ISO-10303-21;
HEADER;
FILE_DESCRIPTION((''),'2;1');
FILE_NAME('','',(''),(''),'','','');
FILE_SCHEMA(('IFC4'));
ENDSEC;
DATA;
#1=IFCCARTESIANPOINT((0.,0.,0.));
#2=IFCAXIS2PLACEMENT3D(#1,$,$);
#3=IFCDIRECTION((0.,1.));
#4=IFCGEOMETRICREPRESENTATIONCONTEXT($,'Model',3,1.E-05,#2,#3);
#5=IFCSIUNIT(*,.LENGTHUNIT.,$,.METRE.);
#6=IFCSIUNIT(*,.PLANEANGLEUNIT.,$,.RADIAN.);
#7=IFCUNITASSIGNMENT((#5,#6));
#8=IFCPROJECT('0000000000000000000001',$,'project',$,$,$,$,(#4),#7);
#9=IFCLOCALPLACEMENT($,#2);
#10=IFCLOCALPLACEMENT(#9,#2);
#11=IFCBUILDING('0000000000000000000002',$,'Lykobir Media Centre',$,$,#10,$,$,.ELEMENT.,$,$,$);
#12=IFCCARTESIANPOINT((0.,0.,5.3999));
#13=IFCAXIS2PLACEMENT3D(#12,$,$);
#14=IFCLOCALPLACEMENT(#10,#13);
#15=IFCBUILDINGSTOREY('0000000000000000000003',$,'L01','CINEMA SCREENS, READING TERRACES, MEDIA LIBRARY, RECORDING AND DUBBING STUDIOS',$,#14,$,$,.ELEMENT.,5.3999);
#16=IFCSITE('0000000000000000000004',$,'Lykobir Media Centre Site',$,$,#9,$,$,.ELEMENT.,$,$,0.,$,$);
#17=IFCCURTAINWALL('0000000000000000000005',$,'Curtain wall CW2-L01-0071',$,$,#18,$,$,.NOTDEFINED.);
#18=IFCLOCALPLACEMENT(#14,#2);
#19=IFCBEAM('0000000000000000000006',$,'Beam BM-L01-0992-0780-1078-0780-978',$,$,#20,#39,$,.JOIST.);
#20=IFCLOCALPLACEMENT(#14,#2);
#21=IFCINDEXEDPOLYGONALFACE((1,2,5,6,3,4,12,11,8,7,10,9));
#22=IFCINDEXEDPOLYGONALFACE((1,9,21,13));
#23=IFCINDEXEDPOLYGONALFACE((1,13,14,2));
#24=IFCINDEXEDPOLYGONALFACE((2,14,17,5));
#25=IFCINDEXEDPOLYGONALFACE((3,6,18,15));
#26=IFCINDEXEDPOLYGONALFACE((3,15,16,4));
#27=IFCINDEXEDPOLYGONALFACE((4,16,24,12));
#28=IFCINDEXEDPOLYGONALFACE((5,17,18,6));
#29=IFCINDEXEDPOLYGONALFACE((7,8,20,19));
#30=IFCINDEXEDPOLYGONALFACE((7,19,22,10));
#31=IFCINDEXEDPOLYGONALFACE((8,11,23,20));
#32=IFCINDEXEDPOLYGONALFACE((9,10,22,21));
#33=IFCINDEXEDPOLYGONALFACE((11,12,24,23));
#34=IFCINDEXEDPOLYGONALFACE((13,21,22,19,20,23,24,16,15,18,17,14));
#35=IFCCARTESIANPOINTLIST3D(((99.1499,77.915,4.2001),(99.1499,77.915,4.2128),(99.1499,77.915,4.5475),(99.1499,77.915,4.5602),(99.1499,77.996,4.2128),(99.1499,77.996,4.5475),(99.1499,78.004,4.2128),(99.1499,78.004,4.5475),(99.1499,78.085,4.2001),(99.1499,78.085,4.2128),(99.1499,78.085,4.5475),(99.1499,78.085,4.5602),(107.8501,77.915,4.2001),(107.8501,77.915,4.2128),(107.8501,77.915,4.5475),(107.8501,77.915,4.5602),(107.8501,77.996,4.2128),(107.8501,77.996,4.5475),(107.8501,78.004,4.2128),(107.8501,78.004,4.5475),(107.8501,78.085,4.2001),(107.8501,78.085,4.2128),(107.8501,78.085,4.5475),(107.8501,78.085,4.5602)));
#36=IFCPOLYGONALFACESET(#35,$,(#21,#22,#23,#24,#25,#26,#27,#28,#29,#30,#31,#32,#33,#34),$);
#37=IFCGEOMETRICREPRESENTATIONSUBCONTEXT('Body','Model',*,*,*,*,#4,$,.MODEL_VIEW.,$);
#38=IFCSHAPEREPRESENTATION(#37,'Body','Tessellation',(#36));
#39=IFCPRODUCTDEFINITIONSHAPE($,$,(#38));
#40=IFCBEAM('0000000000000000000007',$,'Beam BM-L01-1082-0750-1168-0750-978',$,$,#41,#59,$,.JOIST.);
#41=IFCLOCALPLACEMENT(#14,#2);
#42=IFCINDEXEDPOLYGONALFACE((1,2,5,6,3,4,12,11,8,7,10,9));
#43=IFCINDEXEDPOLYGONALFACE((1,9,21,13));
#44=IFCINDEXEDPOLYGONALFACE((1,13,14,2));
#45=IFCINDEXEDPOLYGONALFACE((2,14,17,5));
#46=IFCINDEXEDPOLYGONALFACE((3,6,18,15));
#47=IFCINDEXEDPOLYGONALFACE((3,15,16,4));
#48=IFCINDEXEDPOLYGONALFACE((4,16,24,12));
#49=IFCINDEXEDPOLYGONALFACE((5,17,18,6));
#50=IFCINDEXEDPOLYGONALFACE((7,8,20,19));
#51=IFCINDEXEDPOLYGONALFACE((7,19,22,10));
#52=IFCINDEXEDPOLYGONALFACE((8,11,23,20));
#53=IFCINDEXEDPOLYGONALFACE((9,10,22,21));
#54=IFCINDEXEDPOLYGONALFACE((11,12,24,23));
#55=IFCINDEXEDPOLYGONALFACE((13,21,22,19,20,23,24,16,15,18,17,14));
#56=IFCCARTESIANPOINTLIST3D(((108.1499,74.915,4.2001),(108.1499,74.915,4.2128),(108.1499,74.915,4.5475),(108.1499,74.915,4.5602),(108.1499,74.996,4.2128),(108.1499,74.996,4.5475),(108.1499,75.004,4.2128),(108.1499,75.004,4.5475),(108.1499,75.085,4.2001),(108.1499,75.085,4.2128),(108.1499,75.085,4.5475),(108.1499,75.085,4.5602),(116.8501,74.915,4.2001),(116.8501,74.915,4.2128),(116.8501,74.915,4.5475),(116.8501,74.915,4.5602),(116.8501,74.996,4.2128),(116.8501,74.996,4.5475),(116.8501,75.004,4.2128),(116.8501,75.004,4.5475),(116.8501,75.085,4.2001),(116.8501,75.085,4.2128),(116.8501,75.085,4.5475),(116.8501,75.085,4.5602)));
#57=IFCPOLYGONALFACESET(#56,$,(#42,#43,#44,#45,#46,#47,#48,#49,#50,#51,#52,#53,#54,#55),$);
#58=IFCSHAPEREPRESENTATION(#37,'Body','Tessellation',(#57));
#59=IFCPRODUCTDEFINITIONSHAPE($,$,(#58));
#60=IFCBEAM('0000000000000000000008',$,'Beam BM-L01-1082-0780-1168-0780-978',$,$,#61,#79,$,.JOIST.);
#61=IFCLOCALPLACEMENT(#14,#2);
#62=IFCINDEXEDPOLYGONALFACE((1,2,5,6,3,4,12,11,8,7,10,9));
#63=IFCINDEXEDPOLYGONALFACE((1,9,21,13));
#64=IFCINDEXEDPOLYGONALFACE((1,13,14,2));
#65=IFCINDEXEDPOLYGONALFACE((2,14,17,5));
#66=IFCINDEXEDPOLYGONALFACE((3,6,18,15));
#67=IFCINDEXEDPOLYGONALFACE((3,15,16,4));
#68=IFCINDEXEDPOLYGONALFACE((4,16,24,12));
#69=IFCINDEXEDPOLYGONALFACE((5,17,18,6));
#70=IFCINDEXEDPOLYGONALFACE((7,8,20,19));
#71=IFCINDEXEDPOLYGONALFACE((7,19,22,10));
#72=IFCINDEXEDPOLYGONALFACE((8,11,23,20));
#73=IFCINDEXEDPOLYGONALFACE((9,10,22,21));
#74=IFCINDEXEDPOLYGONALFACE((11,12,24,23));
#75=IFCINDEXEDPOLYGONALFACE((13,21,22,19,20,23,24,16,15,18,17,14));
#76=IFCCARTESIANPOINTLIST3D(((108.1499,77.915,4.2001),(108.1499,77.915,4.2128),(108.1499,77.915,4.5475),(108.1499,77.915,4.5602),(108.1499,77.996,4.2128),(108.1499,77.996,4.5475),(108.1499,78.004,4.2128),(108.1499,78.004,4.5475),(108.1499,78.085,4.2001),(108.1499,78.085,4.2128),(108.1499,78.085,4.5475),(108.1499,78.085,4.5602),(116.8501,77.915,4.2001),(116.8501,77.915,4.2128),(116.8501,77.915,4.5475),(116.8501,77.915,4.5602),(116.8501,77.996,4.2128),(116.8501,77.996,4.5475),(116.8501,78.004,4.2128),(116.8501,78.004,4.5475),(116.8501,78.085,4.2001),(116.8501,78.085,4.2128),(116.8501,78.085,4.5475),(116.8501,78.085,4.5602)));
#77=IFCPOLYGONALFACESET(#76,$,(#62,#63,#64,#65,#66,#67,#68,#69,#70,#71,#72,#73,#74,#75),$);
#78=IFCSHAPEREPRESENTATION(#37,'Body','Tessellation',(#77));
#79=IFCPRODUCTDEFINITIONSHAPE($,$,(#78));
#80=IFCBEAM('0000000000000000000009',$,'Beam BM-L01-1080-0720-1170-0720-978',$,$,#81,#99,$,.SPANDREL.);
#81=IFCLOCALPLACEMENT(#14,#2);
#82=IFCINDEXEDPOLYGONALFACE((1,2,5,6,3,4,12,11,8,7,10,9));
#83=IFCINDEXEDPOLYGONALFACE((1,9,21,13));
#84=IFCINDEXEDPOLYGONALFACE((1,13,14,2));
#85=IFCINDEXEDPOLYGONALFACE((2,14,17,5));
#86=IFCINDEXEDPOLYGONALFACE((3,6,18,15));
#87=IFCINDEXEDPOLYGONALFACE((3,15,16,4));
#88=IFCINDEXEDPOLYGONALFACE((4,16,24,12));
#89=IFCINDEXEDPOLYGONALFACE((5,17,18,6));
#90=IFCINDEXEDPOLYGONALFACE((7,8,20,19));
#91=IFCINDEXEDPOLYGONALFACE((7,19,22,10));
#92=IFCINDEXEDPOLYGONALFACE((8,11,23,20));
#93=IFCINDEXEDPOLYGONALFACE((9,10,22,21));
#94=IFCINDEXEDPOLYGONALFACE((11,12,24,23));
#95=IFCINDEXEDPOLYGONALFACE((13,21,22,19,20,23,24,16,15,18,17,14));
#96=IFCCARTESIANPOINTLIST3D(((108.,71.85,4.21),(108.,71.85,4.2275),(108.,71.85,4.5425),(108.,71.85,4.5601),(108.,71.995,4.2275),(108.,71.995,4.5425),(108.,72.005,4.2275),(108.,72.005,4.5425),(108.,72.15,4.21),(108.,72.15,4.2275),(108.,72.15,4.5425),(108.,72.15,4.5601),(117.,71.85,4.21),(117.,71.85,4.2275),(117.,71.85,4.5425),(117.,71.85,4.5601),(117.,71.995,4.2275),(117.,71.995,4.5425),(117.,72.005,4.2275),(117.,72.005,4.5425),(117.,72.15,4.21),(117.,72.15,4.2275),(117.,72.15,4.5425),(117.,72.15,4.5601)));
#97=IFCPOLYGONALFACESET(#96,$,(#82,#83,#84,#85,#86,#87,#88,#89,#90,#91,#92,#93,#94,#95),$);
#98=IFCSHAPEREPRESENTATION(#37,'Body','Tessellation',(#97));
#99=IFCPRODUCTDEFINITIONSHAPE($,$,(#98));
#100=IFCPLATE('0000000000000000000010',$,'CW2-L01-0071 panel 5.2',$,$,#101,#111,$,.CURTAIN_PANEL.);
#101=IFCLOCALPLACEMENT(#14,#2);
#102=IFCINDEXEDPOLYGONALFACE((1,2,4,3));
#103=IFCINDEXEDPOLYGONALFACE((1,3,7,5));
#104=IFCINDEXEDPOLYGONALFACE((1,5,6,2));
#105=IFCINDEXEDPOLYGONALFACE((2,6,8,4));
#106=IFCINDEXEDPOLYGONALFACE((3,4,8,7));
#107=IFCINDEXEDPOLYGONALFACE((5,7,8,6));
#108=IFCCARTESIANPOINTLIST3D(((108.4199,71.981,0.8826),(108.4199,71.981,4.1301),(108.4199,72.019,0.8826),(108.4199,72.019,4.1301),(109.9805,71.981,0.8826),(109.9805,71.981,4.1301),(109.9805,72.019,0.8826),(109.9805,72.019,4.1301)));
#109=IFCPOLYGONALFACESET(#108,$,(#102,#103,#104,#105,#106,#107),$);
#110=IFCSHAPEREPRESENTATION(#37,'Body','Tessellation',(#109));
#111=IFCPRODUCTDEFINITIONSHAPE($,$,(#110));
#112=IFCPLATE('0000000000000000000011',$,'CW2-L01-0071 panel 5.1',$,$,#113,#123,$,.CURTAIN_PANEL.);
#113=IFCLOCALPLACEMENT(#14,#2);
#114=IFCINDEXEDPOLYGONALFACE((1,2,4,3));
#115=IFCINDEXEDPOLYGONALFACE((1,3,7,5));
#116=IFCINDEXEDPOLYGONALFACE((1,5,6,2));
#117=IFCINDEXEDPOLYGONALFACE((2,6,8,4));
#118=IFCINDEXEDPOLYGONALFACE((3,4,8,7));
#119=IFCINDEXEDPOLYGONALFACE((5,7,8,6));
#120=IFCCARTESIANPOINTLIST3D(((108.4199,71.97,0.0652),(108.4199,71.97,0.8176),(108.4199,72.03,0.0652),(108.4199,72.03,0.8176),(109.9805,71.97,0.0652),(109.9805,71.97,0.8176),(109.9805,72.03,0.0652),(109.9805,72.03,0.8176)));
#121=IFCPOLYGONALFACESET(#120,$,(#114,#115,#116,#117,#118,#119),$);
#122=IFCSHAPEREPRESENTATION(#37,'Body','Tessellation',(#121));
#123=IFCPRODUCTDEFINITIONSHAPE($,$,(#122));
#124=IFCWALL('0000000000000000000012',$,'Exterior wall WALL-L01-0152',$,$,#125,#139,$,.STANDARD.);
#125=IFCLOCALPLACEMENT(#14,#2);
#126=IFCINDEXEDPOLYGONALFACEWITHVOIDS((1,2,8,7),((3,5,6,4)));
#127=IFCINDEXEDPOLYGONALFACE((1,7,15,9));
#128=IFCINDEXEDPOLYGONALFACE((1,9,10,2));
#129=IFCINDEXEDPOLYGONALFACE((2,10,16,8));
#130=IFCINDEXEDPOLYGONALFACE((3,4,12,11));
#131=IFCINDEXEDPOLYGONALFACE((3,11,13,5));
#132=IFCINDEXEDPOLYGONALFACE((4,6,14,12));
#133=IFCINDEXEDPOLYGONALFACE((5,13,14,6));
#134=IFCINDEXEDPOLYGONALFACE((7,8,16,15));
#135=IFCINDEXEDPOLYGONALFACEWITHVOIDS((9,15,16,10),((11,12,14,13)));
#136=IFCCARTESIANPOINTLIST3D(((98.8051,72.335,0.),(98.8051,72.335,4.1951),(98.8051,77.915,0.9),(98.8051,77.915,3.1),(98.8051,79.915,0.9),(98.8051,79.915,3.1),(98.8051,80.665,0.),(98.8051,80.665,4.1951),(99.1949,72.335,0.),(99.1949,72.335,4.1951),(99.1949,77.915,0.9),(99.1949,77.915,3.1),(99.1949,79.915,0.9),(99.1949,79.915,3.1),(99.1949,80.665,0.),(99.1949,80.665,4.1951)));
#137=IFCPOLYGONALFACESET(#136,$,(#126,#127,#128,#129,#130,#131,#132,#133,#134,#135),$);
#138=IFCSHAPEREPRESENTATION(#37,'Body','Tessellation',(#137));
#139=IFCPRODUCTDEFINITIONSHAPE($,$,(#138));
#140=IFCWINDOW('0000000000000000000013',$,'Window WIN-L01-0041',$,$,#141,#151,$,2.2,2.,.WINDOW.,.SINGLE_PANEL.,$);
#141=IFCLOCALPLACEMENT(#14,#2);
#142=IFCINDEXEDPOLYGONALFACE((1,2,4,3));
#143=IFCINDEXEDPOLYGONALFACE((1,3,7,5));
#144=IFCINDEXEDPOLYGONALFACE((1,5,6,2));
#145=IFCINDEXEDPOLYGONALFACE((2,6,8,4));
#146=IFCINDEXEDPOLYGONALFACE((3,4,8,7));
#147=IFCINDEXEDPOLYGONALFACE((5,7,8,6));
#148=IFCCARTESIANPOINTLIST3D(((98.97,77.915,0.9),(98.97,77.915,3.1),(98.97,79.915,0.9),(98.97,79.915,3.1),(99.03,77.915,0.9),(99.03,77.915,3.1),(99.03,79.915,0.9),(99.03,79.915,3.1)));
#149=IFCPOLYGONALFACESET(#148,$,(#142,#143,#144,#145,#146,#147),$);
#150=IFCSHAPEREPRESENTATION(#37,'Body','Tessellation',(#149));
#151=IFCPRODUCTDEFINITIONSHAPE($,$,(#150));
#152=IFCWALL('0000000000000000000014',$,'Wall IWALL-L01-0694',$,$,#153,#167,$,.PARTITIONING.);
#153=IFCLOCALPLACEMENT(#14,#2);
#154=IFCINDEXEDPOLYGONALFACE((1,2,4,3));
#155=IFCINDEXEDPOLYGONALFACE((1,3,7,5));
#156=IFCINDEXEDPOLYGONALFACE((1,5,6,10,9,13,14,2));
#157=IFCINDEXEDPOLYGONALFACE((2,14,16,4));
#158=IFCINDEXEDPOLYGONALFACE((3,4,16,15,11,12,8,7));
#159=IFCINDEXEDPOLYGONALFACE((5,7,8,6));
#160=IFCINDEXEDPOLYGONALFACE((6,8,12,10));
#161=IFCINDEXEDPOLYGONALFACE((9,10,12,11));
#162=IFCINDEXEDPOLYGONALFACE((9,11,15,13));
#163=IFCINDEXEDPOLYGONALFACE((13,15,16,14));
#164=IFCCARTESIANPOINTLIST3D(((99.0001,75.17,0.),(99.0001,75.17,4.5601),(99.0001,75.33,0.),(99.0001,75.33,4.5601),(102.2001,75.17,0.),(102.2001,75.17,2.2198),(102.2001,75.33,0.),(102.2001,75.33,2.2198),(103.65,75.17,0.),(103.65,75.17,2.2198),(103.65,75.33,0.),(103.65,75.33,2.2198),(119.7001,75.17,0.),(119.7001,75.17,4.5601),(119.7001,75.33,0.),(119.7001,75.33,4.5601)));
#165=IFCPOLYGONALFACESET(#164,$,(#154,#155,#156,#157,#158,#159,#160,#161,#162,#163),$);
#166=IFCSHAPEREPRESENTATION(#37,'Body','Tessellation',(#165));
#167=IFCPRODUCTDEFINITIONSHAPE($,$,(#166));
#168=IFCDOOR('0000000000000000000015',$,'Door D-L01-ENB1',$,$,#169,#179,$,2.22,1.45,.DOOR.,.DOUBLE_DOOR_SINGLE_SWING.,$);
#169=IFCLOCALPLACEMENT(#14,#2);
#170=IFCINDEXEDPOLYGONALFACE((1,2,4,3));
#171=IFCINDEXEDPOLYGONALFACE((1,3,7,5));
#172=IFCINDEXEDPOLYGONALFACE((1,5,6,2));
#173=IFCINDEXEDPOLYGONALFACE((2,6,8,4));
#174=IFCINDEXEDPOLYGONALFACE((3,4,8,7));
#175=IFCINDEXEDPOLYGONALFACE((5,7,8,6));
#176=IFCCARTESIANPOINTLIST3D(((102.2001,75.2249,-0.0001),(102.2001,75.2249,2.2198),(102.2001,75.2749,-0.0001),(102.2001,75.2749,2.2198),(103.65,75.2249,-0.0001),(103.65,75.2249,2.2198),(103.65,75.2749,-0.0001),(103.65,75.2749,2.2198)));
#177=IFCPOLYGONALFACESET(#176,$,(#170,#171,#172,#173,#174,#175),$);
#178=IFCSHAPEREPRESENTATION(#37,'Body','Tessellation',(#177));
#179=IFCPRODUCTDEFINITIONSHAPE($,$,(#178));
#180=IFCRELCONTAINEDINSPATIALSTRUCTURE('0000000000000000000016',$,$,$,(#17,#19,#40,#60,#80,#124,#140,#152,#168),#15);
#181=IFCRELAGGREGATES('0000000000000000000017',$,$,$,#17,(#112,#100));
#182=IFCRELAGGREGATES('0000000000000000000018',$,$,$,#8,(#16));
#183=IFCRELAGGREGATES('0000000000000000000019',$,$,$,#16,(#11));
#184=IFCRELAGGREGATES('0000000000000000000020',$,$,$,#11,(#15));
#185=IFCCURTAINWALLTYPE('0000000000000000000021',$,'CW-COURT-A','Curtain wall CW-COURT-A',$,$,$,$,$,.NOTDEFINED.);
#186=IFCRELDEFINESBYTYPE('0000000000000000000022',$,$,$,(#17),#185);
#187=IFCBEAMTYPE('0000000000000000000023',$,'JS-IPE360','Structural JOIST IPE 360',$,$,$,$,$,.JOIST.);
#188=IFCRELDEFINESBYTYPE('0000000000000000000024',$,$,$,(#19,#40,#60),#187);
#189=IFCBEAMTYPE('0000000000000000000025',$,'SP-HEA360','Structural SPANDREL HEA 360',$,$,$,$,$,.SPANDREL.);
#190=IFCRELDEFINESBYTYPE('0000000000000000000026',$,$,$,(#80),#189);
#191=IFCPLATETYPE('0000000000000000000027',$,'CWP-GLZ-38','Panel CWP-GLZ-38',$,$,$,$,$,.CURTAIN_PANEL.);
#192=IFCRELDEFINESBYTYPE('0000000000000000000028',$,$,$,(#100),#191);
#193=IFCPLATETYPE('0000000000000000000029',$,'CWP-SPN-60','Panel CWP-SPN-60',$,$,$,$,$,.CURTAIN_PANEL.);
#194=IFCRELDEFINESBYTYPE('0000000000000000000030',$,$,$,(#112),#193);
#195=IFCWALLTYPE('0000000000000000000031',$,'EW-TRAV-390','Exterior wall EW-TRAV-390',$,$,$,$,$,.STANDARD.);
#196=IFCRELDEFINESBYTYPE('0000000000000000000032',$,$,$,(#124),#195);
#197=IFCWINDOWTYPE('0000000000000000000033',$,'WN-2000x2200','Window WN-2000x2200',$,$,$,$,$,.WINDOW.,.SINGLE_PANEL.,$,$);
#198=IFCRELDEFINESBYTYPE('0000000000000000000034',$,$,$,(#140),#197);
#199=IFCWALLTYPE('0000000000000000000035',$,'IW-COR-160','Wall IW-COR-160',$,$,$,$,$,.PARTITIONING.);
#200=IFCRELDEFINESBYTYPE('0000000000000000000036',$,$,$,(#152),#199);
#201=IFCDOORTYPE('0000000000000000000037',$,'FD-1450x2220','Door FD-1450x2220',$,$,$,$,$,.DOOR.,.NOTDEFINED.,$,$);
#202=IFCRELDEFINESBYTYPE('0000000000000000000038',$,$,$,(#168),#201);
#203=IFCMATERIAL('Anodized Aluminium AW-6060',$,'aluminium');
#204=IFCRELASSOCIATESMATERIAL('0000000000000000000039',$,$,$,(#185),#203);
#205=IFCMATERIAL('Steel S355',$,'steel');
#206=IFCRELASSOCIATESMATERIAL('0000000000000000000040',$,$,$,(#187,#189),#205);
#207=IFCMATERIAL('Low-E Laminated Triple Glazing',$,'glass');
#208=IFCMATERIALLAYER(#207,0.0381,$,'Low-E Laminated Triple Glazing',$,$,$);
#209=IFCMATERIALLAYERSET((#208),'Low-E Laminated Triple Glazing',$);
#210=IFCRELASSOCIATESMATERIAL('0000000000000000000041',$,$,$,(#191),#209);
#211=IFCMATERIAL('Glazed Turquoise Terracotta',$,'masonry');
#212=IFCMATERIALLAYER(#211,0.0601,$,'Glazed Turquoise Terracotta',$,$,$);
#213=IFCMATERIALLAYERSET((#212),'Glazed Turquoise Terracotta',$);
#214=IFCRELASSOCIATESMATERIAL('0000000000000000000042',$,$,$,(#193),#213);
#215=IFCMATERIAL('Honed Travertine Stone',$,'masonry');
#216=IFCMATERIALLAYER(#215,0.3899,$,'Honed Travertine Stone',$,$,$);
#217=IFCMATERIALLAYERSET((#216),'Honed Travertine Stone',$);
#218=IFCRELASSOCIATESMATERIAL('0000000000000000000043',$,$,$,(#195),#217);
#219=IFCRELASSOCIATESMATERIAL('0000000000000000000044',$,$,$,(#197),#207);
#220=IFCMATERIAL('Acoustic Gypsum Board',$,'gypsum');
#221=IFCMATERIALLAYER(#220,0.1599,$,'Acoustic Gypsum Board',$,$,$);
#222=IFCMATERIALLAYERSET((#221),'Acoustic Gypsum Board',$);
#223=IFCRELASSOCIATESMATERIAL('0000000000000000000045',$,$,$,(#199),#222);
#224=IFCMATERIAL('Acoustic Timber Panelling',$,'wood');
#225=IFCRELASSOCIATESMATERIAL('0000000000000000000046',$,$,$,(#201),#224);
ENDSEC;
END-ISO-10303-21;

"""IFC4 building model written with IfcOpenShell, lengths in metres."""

from ifc_helpers import new_model, si_unit, direction, frame, frame_2d, origin, origin_2d, place, context, subcontext, project, spatial, rectangle, i_section, extrude, material, layer, layer_set, material_profile, profile_set, type_object, element, fill, aggregate, save


model = new_model("IFC4")

# Units and contexts
model_context = context("Model", 3, precision=1e-05, world=origin(), true_north=direction((0.0, 1.0)))
body_context = subcontext(model_context, "Body", "Model", "MODEL_VIEW")
ifc_project = project(units=[si_unit("LENGTHUNIT", "METRE"), si_unit("PLANEANGLEUNIT", "RADIAN")], contexts=[model_context])

# Site, building, storey
site_placement = place(None, origin())
site = spatial("IfcSite", under=ifc_project, at=site_placement, Name="Lykobir Media Centre Site", CompositionType="ELEMENT", RefElevation=0.0)
building_placement = place(site_placement, origin())
building = spatial("IfcBuilding", under=site, at=building_placement, Name="Lykobir Media Centre", CompositionType="ELEMENT")
storey_placement = place(building_placement, frame((0.0, 0.0, 5.3999)))
storey = spatial("IfcBuildingStorey", under=building, at=storey_placement, Name="L01", Description="CINEMA SCREENS, READING TERRACES, MEDIA LIBRARY, RECORDING AND DUBBING STUDIOS", CompositionType="ELEMENT", Elevation=5.3999)

# Shared definitions
ifc_material_1 = material(Name="Steel S355", Category="steel")

# Curtain wall
ifc_material_2 = material(Name="Anodized Aluminium AW-6060", Category="aluminium")
curtain_wall_type = type_object("IfcCurtainWallType", Name="CW-COURT-A", Description="Curtain wall CW-COURT-A", PredefinedType="NOTDEFINED", material=ifc_material_2)
curtain_wall_1_placement = place(storey_placement, origin())
curtain_wall_1 = element("IfcCurtainWall", 1, at=curtain_wall_1_placement, inside=storey, type_object=curtain_wall_type, Name="Curtain wall CW2-L01-0071", PredefinedType="NOTDEFINED")

# Beams
ifc_material_profile_1 = material_profile(ifc_material_1, i_section(OverallWidth=0.1699, OverallDepth=0.3601, WebThickness=0.0081, FlangeThickness=0.0127, at=origin_2d()), Name="IPE 360")
ifc_profile_set_1 = profile_set([ifc_material_profile_1], Name="Steel S355")
beam_type_1 = type_object("IfcBeamType", Name="JS-IPE360", Description="Structural JOIST IPE 360", PredefinedType="JOIST", material=ifc_profile_set_1)
for number, where, z_axis, x_axis, name in (
    (2, (99.1499, 78.0, 4.3801), (1.0, 0.0, 0.0), (0.0, 1.0, 0.0), "Beam BM-L01-0992-0780-1078-0780-978"),
    (3, (108.1499, 75.0, 4.3801), (1.0, 0.0, 0.0), (0.0, 1.0, 0.0), "Beam BM-L01-1082-0750-1168-0750-978"),
    (4, (108.1499, 78.0, 4.3801), (1.0, 0.0, 0.0), (0.0, 1.0, 0.0), "Beam BM-L01-1082-0780-1168-0780-978"),
):
    element("IfcBeam", number, at=place(storey_placement, frame(where, z_axis=z_axis, x_axis=x_axis)), inside=storey, type_object=beam_type_1, Name=name, PredefinedType="JOIST", context=body_context, shape_type="SweptSolid", body=[
        extrude(i_section(OverallWidth=0.1699, OverallDepth=0.3601, WebThickness=0.0081, FlangeThickness=0.0127, at=origin_2d()), origin(), (0.0, 0.0, 1.0), 8.7002),
    ])
ifc_material_profile_2 = material_profile(ifc_material_1, i_section(OverallWidth=0.3, OverallDepth=0.3501, WebThickness=0.01, FlangeThickness=0.0176, at=origin_2d()), Name="HEA 360")
ifc_profile_set_2 = profile_set([ifc_material_profile_2], Name="Steel S355")
beam_type_2 = type_object("IfcBeamType", Name="SP-HEA360", Description="Structural SPANDREL HEA 360", PredefinedType="SPANDREL", material=ifc_profile_set_2)
beam_1_placement = place(storey_placement, frame((108.0, 72.0, 4.385), z_axis=(1.0, 0.0, 0.0), x_axis=(0.0, 1.0, 0.0)))
element("IfcBeam", 5, at=beam_1_placement, inside=storey, type_object=beam_type_2, Name="Beam BM-L01-1080-0720-1170-0720-978", PredefinedType="SPANDREL", context=body_context, shape_type="SweptSolid", body=[
    extrude(i_section(OverallWidth=0.3, OverallDepth=0.3501, WebThickness=0.01, FlangeThickness=0.0176, at=origin_2d()), origin(), (0.0, 0.0, 1.0), 9.0),
])

# Plates
ifc_material_3 = material(Name="Low-E Laminated Triple Glazing", Category="glass")
ifc_layer_1 = layer(ifc_material_3, 0.0381, Name="Low-E Laminated Triple Glazing")
ifc_layer_set_1 = layer_set([ifc_layer_1], Name="Low-E Laminated Triple Glazing")
plate_type_1 = type_object("IfcPlateType", Name="CWP-GLZ-38", Description="Panel CWP-GLZ-38", PredefinedType="CURTAIN_PANEL", material=ifc_layer_set_1)
plate_1_placement = place(storey_placement, frame((109.2002, 72.0, 0.8826), z_axis=(0.0, 0.0, 1.0), x_axis=(-1.0, 0.0, 0.0)))
plate_1 = element("IfcPlate", 6, at=plate_1_placement, type_object=plate_type_1, Name="CW2-L01-0071 panel 5.2", PredefinedType="CURTAIN_PANEL", context=body_context, shape_type="SweptSolid", body=[
    extrude(rectangle(XDim=1.5605, YDim=0.0381, at=origin_2d()), origin(), (0.0, 0.0, 1.0), 3.2476),
])
ifc_material_4 = material(Name="Glazed Turquoise Terracotta", Category="masonry")
ifc_layer_2 = layer(ifc_material_4, 0.0601, Name="Glazed Turquoise Terracotta")
ifc_layer_set_2 = layer_set([ifc_layer_2], Name="Glazed Turquoise Terracotta")
plate_type_2 = type_object("IfcPlateType", Name="CWP-SPN-60", Description="Panel CWP-SPN-60", PredefinedType="CURTAIN_PANEL", material=ifc_layer_set_2)
plate_2_placement = place(storey_placement, frame((109.2002, 72.0, 0.0652), z_axis=(0.0, 0.0, 1.0), x_axis=(-1.0, 0.0, 0.0)))
plate_2 = element("IfcPlate", 7, at=plate_2_placement, type_object=plate_type_2, Name="CW2-L01-0071 panel 5.1", PredefinedType="CURTAIN_PANEL", context=body_context, shape_type="SweptSolid", body=[
    extrude(rectangle(XDim=1.5605, YDim=0.0601, at=origin_2d()), origin(), (0.0, 0.0, 1.0), 0.7524),
])
aggregate(curtain_wall_1, [plate_2, plate_1])

# Wall, opening, window
ifc_material_5 = material(Name="Honed Travertine Stone", Category="masonry")
ifc_layer_3 = layer(ifc_material_5, 0.3899, Name="Honed Travertine Stone")
ifc_layer_set_3 = layer_set([ifc_layer_3], Name="Honed Travertine Stone")
wall_type_1 = type_object("IfcWallType", Name="EW-TRAV-390", Description="Exterior wall EW-TRAV-390", PredefinedType="STANDARD", material=ifc_layer_set_3)
wall_1_placement = place(storey_placement, frame((99.0, 80.665, 0.0), z_axis=(0.0, 0.0, 1.0), x_axis=(0.0, -1.0, 0.0)))
wall_1 = element("IfcWall", 8, at=wall_1_placement, inside=storey, type_object=wall_type_1, Name="Exterior wall WALL-L01-0152", PredefinedType="STANDARD", context=body_context, shape_type="SweptSolid", body=[
    extrude(rectangle(XDim=8.3301, YDim=0.3899, at=frame_2d((4.165, 0.0))), origin(), (0.0, 0.0, 1.0), 4.1951),
])
opening_1_placement = place(wall_1_placement, frame((0.75, 0.0, 0.8999)))
opening_1 = element("IfcOpeningElement", 9, at=opening_1_placement, cuts=wall_1, PredefinedType="OPENING", context=body_context, shape_type="SweptSolid", body=[
    extrude(rectangle(XDim=2.0, YDim=2.2, at=frame_2d((1.0, 1.1001))), frame((0.0, 0.2048, 0.0), z_axis=(0.0, -1.0, 0.0), x_axis=(1.0, 0.0, 0.0)), (0.0, 0.0, 1.0), 0.4099),
])
window_type = type_object("IfcWindowType", Name="WN-2000x2200", Description="Window WN-2000x2200", PartitioningType="SINGLE_PANEL", PredefinedType="WINDOW", material=ifc_material_3)
window_placement = place(opening_1_placement, origin())
window = element("IfcWindow", 10, at=window_placement, inside=storey, type_object=window_type, Name="Window WIN-L01-0041", OverallHeight=2.2, OverallWidth=2.0, PartitioningType="SINGLE_PANEL", PredefinedType="WINDOW", context=body_context, shape_type="SweptSolid", body=[
    extrude(rectangle(XDim=2.0, YDim=2.2, at=frame_2d((1.0, 1.1001))), frame((0.0, 0.03, 0.0), z_axis=(0.0, -1.0, 0.0), x_axis=(1.0, 0.0, 0.0)), (0.0, 0.0, 1.0), 0.0601),
])
fill(opening_1, window)

# Wall, opening, door
ifc_material_6 = material(Name="Acoustic Gypsum Board", Category="gypsum")
ifc_layer_4 = layer(ifc_material_6, 0.1599, Name="Acoustic Gypsum Board")
ifc_layer_set_4 = layer_set([ifc_layer_4], Name="Acoustic Gypsum Board")
wall_type_2 = type_object("IfcWallType", Name="IW-COR-160", Description="Wall IW-COR-160", PredefinedType="PARTITIONING", material=ifc_layer_set_4)
wall_2_placement = place(storey_placement, frame((99.0, 75.25, 0.0), z_axis=(0.0, 0.0, 1.0), x_axis=(1.0, 0.0, 0.0)))
wall_2 = element("IfcWall", 11, at=wall_2_placement, inside=storey, type_object=wall_type_2, Name="Wall IWALL-L01-0694", PredefinedType="PARTITIONING", context=body_context, shape_type="SweptSolid", body=[
    extrude(rectangle(XDim=20.7, YDim=0.1599, at=frame_2d((10.3501, 0.0))), origin(), (0.0, 0.0, 1.0), 4.5601),
])
opening_2_placement = place(wall_2_placement, frame((3.2, 0.0, 0.0)))
opening_2 = element("IfcOpeningElement", 12, at=opening_2_placement, cuts=wall_2, PredefinedType="OPENING", context=body_context, shape_type="SweptSolid", body=[
    extrude(rectangle(XDim=1.45, YDim=2.22, at=frame_2d((0.7251, 1.1099))), frame((0.0, 0.0898, 0.0), z_axis=(0.0, -1.0, 0.0), x_axis=(1.0, 0.0, 0.0)), (0.0, 0.0, 1.0), 0.1799),
])
ifc_material_7 = material(Name="Acoustic Timber Panelling", Category="wood")
door_type = type_object("IfcDoorType", Name="FD-1450x2220", Description="Door FD-1450x2220", OperationType="NOTDEFINED", PredefinedType="DOOR", material=ifc_material_7)
door_placement = place(opening_2_placement, origin())
door = element("IfcDoor", 13, at=door_placement, inside=storey, type_object=door_type, Name="Door D-L01-ENB1", OperationType="DOUBLE_DOOR_SINGLE_SWING", OverallHeight=2.22, OverallWidth=1.45, PredefinedType="DOOR", context=body_context, shape_type="SweptSolid", body=[
    extrude(rectangle(XDim=1.45, YDim=2.22, at=frame_2d((0.7251, 1.1099))), frame((0.0, 0.0249, 0.0), z_axis=(0.0, -1.0, 0.0), x_axis=(1.0, 0.0, 0.0)), (0.0, 0.0, 1.0), 0.05),
])
fill(opening_2, door)

save(model, "model.ifc")
